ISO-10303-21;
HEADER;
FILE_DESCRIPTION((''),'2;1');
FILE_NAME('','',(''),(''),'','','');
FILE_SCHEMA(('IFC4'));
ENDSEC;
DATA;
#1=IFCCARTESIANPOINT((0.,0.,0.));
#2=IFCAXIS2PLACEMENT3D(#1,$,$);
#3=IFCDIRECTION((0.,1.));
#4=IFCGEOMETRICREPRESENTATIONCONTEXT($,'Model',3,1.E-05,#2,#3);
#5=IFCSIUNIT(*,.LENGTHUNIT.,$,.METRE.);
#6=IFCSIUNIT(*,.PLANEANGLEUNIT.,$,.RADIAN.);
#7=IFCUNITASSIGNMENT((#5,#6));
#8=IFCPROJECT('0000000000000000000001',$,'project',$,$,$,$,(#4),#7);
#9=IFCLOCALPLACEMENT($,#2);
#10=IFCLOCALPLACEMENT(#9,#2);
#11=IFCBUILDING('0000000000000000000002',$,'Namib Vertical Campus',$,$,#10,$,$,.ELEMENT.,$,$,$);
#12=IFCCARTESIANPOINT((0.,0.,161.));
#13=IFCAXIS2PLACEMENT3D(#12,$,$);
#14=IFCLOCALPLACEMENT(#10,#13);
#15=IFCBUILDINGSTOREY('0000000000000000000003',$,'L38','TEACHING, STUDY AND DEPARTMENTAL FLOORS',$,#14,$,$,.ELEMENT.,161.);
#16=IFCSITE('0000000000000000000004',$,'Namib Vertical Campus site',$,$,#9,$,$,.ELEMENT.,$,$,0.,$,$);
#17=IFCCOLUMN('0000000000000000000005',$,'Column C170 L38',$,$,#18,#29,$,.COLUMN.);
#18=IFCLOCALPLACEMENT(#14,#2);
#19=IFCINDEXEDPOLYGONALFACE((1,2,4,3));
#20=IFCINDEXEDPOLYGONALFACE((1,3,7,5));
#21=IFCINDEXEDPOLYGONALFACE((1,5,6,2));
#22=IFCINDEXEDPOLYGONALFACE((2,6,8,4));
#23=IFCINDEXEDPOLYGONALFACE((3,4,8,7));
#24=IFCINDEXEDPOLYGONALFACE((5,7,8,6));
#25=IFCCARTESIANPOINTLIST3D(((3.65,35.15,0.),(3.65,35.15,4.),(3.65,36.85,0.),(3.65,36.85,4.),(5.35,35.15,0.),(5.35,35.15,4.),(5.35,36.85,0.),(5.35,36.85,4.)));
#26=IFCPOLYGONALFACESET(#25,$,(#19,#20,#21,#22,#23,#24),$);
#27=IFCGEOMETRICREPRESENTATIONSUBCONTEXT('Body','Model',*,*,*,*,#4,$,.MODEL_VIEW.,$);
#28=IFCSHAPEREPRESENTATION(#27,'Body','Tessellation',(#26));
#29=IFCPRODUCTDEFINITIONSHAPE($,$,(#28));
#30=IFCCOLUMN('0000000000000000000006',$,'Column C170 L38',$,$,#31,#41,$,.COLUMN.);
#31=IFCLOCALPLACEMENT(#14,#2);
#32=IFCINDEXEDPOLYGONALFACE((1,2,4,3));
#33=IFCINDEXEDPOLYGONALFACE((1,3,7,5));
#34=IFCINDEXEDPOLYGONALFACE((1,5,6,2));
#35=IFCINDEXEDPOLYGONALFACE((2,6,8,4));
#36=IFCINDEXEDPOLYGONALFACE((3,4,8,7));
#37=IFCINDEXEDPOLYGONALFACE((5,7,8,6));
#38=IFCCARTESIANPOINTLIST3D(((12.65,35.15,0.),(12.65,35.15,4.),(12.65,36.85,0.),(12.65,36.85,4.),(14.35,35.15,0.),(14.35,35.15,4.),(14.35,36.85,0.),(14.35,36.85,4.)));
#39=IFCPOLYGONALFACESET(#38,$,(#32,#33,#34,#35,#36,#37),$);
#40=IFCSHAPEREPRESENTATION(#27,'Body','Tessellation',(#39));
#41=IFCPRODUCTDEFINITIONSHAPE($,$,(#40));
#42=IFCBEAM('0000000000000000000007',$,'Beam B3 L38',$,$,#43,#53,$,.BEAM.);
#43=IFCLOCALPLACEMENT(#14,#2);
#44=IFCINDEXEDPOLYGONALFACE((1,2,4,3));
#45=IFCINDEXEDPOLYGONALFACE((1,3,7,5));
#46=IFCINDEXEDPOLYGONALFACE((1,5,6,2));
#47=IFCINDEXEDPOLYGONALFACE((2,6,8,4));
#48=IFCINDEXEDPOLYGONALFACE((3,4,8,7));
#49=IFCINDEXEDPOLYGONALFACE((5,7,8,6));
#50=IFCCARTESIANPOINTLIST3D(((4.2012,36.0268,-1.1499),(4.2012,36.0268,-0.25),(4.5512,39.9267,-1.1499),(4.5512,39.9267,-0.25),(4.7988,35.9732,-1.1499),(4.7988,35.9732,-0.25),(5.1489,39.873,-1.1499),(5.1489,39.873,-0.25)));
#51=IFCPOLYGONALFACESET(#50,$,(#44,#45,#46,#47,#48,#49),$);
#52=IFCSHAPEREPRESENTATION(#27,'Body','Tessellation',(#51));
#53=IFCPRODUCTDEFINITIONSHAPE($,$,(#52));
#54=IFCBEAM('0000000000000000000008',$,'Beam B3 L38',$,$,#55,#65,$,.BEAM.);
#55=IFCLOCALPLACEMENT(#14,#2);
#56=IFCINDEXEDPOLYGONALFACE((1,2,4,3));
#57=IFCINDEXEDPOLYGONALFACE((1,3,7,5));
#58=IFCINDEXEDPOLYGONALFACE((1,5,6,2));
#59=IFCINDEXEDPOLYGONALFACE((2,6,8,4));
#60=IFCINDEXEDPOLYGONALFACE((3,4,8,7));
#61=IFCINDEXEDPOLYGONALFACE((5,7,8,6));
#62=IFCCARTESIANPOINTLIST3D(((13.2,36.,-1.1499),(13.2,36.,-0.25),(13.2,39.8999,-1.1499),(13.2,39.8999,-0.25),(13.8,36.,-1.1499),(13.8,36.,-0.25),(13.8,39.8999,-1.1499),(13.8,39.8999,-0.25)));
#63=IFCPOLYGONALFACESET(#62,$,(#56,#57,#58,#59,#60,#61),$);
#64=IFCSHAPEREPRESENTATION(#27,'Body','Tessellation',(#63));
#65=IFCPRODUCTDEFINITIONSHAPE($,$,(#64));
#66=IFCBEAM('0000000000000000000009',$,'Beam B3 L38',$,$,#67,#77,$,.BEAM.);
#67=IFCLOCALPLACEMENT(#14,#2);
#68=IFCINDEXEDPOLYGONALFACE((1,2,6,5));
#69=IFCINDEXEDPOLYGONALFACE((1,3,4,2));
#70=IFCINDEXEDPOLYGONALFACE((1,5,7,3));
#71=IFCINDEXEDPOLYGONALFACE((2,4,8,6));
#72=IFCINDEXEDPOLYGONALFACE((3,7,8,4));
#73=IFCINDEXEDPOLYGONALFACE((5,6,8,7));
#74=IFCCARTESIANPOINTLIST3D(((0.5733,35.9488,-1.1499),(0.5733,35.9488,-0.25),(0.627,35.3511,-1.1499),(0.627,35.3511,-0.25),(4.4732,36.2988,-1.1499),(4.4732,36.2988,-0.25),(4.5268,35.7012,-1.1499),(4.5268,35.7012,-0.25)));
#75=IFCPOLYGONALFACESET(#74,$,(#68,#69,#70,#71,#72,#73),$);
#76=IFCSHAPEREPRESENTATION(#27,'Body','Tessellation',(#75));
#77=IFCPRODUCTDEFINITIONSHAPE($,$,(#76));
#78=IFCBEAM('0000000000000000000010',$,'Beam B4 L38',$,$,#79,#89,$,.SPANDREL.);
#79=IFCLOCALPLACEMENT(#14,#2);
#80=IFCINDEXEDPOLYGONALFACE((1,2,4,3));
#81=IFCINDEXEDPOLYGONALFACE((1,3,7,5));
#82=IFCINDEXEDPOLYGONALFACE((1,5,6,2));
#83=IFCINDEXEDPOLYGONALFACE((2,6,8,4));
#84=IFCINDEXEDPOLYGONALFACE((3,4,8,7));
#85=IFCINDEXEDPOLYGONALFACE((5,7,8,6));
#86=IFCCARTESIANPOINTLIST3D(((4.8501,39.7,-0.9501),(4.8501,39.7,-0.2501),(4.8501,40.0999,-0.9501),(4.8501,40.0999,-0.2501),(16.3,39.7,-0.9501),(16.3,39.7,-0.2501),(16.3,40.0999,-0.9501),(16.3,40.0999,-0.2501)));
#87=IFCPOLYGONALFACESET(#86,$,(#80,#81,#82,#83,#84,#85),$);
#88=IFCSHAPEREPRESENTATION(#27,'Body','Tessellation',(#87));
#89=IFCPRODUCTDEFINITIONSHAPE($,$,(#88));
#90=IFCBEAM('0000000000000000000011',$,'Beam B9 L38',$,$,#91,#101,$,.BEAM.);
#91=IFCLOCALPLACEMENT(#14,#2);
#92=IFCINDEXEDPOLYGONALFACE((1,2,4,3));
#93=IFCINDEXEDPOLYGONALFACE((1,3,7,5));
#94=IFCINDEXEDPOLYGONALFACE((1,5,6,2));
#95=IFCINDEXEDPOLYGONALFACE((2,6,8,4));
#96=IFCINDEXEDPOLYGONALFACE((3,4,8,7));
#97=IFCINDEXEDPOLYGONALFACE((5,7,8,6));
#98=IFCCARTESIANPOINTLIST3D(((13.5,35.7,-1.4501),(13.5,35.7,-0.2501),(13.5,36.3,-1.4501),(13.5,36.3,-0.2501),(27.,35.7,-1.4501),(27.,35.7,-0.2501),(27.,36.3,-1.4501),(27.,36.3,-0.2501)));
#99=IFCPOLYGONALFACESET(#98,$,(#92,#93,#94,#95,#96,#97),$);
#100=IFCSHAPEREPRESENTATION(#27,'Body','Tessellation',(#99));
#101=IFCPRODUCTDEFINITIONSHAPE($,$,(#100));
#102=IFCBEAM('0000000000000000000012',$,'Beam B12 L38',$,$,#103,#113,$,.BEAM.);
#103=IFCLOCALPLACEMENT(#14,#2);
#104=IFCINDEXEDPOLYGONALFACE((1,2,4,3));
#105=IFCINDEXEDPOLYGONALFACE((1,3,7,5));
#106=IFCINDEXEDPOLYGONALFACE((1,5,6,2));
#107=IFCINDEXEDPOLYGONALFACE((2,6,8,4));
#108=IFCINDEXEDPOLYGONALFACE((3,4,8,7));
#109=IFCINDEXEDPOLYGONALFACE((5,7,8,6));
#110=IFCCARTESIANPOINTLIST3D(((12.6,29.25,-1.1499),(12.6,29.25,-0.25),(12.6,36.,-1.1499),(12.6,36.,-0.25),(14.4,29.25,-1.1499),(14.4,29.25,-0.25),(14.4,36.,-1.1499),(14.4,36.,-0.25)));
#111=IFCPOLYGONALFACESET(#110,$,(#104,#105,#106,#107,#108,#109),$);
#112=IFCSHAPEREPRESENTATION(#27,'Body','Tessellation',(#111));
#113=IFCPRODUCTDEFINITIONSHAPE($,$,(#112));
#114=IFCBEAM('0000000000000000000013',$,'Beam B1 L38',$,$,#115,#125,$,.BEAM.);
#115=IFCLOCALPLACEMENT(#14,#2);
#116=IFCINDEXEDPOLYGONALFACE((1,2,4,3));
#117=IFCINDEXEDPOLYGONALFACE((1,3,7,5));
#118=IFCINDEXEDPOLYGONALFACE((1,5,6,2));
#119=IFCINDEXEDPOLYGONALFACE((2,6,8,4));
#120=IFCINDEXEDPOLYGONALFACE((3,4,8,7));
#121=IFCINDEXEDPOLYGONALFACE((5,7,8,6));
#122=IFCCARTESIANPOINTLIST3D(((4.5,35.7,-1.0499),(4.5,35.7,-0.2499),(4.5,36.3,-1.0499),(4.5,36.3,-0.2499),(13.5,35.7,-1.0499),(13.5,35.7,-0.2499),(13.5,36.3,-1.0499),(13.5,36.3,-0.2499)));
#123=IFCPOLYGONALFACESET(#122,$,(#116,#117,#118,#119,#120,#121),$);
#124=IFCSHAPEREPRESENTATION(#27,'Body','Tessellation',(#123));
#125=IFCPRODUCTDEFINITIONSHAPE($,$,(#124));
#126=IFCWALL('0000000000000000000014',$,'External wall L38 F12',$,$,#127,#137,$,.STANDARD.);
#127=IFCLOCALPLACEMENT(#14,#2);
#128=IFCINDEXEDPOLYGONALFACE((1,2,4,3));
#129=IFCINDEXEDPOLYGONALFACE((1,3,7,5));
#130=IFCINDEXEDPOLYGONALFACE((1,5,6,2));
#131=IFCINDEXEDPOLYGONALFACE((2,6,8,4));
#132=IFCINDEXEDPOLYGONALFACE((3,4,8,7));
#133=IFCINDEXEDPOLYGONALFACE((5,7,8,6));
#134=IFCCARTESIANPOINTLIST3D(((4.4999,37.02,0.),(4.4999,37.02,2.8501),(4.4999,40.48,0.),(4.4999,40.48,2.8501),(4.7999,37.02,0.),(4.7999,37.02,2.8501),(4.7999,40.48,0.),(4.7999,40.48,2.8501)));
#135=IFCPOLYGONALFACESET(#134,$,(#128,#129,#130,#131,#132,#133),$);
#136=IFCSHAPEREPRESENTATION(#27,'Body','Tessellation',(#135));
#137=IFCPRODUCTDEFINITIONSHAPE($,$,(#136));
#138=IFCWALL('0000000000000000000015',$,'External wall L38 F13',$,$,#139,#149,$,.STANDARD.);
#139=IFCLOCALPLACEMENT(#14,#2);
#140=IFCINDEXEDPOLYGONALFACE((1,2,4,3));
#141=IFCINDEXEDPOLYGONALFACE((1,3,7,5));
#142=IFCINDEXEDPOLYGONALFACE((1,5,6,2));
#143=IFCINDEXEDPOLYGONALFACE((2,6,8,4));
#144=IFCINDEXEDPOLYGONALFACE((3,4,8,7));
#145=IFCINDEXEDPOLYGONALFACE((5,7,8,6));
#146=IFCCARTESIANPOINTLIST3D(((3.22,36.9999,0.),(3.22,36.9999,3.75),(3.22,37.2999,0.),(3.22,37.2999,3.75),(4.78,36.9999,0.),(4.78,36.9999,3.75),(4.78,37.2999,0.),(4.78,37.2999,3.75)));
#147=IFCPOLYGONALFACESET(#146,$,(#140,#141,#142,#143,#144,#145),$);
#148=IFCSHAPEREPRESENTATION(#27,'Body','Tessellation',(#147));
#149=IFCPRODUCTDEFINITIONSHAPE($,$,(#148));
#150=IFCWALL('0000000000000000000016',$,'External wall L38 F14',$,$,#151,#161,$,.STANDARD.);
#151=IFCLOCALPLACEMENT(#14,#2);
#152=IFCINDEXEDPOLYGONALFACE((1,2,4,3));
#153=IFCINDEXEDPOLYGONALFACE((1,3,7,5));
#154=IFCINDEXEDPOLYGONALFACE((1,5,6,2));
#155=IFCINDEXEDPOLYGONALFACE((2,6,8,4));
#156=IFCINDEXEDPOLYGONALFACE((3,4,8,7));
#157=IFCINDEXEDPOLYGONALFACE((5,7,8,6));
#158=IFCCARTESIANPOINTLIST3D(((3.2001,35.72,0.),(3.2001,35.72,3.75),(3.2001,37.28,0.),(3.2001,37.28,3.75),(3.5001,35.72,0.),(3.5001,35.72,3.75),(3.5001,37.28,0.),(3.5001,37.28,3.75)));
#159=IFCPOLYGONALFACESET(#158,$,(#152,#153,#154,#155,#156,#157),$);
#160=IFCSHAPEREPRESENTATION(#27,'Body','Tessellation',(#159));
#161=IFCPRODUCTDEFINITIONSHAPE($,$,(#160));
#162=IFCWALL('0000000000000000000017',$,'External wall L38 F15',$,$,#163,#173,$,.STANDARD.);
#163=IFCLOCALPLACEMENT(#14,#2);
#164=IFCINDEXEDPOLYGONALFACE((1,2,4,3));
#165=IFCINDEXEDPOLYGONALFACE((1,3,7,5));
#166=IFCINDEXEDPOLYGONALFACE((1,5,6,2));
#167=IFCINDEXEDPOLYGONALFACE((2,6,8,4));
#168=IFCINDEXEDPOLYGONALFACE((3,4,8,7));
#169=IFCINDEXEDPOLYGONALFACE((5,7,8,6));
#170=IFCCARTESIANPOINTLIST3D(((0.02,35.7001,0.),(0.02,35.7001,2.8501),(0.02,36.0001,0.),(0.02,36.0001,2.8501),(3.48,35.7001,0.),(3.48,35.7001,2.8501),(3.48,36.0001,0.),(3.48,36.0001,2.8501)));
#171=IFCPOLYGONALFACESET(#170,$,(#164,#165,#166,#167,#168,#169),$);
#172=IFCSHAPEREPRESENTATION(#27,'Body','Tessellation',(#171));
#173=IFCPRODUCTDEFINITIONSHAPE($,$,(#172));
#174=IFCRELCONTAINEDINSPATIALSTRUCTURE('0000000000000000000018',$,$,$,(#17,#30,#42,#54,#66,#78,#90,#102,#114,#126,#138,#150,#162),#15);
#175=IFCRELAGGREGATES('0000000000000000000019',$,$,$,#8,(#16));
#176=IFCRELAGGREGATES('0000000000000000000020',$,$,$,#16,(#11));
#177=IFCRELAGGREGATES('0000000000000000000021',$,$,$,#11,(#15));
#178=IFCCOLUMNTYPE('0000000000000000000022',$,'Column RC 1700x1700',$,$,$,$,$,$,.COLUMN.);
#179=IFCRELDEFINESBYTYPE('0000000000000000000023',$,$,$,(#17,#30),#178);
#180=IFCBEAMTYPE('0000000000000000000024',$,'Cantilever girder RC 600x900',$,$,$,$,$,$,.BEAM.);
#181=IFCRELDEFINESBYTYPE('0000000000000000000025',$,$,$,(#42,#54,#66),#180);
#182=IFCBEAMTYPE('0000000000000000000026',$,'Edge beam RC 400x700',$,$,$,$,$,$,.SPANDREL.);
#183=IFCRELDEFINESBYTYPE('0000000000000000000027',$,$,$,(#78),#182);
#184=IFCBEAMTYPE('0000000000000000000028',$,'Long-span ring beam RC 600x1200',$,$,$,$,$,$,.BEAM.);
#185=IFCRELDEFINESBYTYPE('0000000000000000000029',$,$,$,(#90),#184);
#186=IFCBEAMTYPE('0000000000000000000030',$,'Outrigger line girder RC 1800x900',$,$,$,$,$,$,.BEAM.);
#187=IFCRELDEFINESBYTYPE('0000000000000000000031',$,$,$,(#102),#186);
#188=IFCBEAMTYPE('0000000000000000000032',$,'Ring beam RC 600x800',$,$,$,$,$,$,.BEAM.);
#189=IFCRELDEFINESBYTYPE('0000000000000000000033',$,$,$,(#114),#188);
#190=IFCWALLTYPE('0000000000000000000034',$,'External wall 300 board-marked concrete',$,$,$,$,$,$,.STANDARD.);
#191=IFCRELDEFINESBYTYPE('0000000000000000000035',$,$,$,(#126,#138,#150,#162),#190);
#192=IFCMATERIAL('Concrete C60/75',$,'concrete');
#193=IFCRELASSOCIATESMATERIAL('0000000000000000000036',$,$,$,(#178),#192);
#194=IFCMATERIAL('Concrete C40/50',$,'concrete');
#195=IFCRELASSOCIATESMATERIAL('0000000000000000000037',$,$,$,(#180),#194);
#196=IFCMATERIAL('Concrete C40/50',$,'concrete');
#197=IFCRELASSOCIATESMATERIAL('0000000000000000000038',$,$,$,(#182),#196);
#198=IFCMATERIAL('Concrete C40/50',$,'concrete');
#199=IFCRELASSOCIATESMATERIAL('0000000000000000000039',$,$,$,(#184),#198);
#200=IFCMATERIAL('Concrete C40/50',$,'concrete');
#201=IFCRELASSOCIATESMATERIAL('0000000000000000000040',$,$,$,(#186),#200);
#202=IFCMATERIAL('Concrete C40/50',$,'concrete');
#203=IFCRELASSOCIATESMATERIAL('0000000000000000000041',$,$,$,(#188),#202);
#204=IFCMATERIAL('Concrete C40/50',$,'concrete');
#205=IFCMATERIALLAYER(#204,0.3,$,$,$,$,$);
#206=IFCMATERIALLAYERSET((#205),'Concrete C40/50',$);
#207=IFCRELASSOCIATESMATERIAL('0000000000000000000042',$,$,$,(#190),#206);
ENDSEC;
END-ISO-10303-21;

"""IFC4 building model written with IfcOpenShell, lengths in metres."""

from ifc_helpers import new_model, si_unit, direction, frame, frame_2d, origin, origin_2d, place, context, subcontext, project, spatial, rectangle, extrude, material, layer, layer_set, material_profile, profile_set, type_object, element, save


model = new_model("IFC4")

# Units and contexts
model_context = context("Model", 3, precision=1e-05, world=origin(), true_north=direction((0.0, 1.0)))
body_context = subcontext(model_context, "Body", "Model", "MODEL_VIEW")
ifc_project = project(units=[si_unit("LENGTHUNIT", "METRE"), si_unit("PLANEANGLEUNIT", "RADIAN")], contexts=[model_context])

# Site, building, storey
site_placement = place(None, origin())
site = spatial("IfcSite", under=ifc_project, at=site_placement, Name="Namib Vertical Campus site", CompositionType="ELEMENT", RefElevation=0.0)
building_placement = place(site_placement, origin())
building = spatial("IfcBuilding", under=site, at=building_placement, Name="Namib Vertical Campus", CompositionType="ELEMENT")
storey_placement = place(building_placement, frame((0.0, 0.0, 161.0)))
storey = spatial("IfcBuildingStorey", under=building, at=storey_placement, Name="L38", Description="TEACHING, STUDY AND DEPARTMENTAL FLOORS", CompositionType="ELEMENT", Elevation=161.0)

# Columns
ifc_material_1 = material(Name="Concrete C60/75", Category="concrete")
ifc_material_profile_1 = material_profile(ifc_material_1, rectangle(XDim=1.7, YDim=1.7, at=origin_2d()))
ifc_profile_set_1 = profile_set([ifc_material_profile_1], Name="Concrete C60/75")
column_type = type_object("IfcColumnType", Name="Column RC 1700x1700", PredefinedType="COLUMN", material=ifc_profile_set_1)
for number, where, z_axis, x_axis, name in (
    (1, (4.5, 36.0, 0.0), (0.0, 0.0, 1.0), (1.0, 0.0, 0.0), "Column C170 L38"),
    (2, (13.5, 36.0, 0.0), (0.0, 0.0, 1.0), (1.0, 0.0, 0.0), "Column C170 L38"),
):
    element("IfcColumn", number, at=place(storey_placement, frame(where, z_axis=z_axis, x_axis=x_axis)), inside=storey, type_object=column_type, Name=name, PredefinedType="COLUMN", context=body_context, shape_type="SweptSolid", body=[
        extrude(rectangle(XDim=1.7, YDim=1.7, at=origin_2d()), origin(), (0.0, 0.0, 1.0), 4.0),
    ])

# Beams
ifc_material_2 = material(Name="Concrete C40/50", Category="concrete")
ifc_material_profile_2 = material_profile(ifc_material_2, rectangle(XDim=0.6001, YDim=0.8999, at=origin_2d()))
ifc_profile_set_2 = profile_set([ifc_material_profile_2], Name="Concrete C40/50")
beam_type_1 = type_object("IfcBeamType", Name="Cantilever girder RC 600x900", PredefinedType="BEAM", material=ifc_profile_set_2)
beam_1_placement = place(storey_placement, frame((4.5, 36.0, -0.7), z_axis=(0.089411, 0.995995, 0.0), x_axis=(-0.995995, 0.089411, 0.0)))
element("IfcBeam", 3, at=beam_1_placement, inside=storey, type_object=beam_type_1, Name="Beam B3 L38", PredefinedType="BEAM", context=body_context, shape_type="SweptSolid", body=[
    extrude(rectangle(XDim=0.6001, YDim=0.8999, at=origin_2d()), origin(), (0.0, 0.0, 1.0), 3.9155),
])
beam_2_placement = place(storey_placement, frame((13.5, 36.0, -0.7), z_axis=(0.0, 1.0, 0.0), x_axis=(-1.0, 0.0, 0.0)))
element("IfcBeam", 4, at=beam_2_placement, inside=storey, type_object=beam_type_1, Name="Beam B3 L38", PredefinedType="BEAM", context=body_context, shape_type="SweptSolid", body=[
    extrude(rectangle(XDim=0.6001, YDim=0.8999, at=origin_2d()), origin(), (0.0, 0.0, 1.0), 3.8999),
])
beam_3_placement = place(storey_placement, frame((4.5, 36.0, -0.7), z_axis=(-0.995995, -0.089411, 0.0), x_axis=(0.089411, -0.995995, 0.0)))
element("IfcBeam", 5, at=beam_3_placement, inside=storey, type_object=beam_type_1, Name="Beam B3 L38", PredefinedType="BEAM", context=body_context, shape_type="SweptSolid", body=[
    extrude(rectangle(XDim=0.6001, YDim=0.8999, at=origin_2d()), origin(), (0.0, 0.0, 1.0), 3.9155),
])
ifc_material_3 = material(Name="Concrete C40/50", Category="concrete")
ifc_material_profile_3 = material_profile(ifc_material_3, rectangle(XDim=0.3999, YDim=0.7, at=origin_2d()))
ifc_profile_set_3 = profile_set([ifc_material_profile_3], Name="Concrete C40/50")
beam_type_2 = type_object("IfcBeamType", Name="Edge beam RC 400x700", PredefinedType="SPANDREL", material=ifc_profile_set_3)
beam_4_placement = place(storey_placement, frame((4.8501, 39.8999, -0.6001), z_axis=(1.0, 0.0, 0.0), x_axis=(0.0, 1.0, 0.0)))
element("IfcBeam", 6, at=beam_4_placement, inside=storey, type_object=beam_type_2, Name="Beam B4 L38", PredefinedType="SPANDREL", context=body_context, shape_type="SweptSolid", body=[
    extrude(rectangle(XDim=0.3999, YDim=0.7, at=origin_2d()), origin(), (0.0, 0.0, 1.0), 11.45),
])
ifc_material_4 = material(Name="Concrete C40/50", Category="concrete")
ifc_material_profile_4 = material_profile(ifc_material_4, rectangle(XDim=0.6001, YDim=1.2, at=origin_2d()))
ifc_profile_set_4 = profile_set([ifc_material_profile_4], Name="Concrete C40/50")
beam_type_3 = type_object("IfcBeamType", Name="Long-span ring beam RC 600x1200", PredefinedType="BEAM", material=ifc_profile_set_4)
beam_5_placement = place(storey_placement, frame((13.5, 36.0, -0.8501), z_axis=(1.0, 0.0, 0.0), x_axis=(0.0, 1.0, 0.0)))
element("IfcBeam", 7, at=beam_5_placement, inside=storey, type_object=beam_type_3, Name="Beam B9 L38", PredefinedType="BEAM", context=body_context, shape_type="SweptSolid", body=[
    extrude(rectangle(XDim=0.6001, YDim=1.2, at=origin_2d()), origin(), (0.0, 0.0, 1.0), 13.5),
])
ifc_material_5 = material(Name="Concrete C40/50", Category="concrete")
ifc_material_profile_5 = material_profile(ifc_material_5, rectangle(XDim=1.8, YDim=0.8999, at=origin_2d()))
ifc_profile_set_5 = profile_set([ifc_material_profile_5], Name="Concrete C40/50")
beam_type_4 = type_object("IfcBeamType", Name="Outrigger line girder RC 1800x900", PredefinedType="BEAM", material=ifc_profile_set_5)
beam_6_placement = place(storey_placement, frame((13.5, 36.0, -0.7), z_axis=(0.0, -1.0, 0.0), x_axis=(1.0, 0.0, 0.0)))
element("IfcBeam", 8, at=beam_6_placement, inside=storey, type_object=beam_type_4, Name="Beam B12 L38", PredefinedType="BEAM", context=body_context, shape_type="SweptSolid", body=[
    extrude(rectangle(XDim=1.8, YDim=0.8999, at=origin_2d()), origin(), (0.0, 0.0, 1.0), 6.75),
])
ifc_material_6 = material(Name="Concrete C40/50", Category="concrete")
ifc_material_profile_6 = material_profile(ifc_material_6, rectangle(XDim=0.6001, YDim=0.8, at=origin_2d()))
ifc_profile_set_6 = profile_set([ifc_material_profile_6], Name="Concrete C40/50")
beam_type_5 = type_object("IfcBeamType", Name="Ring beam RC 600x800", PredefinedType="BEAM", material=ifc_profile_set_6)
beam_7_placement = place(storey_placement, frame((4.5, 36.0, -0.6499), z_axis=(1.0, 0.0, 0.0), x_axis=(0.0, 1.0, 0.0)))
element("IfcBeam", 9, at=beam_7_placement, inside=storey, type_object=beam_type_5, Name="Beam B1 L38", PredefinedType="BEAM", context=body_context, shape_type="SweptSolid", body=[
    extrude(rectangle(XDim=0.6001, YDim=0.8, at=origin_2d()), origin(), (0.0, 0.0, 1.0), 9.0),
])

# Walls
ifc_material_7 = material(Name="Concrete C40/50", Category="concrete")
ifc_layer_1 = layer(ifc_material_7, 0.3)
ifc_layer_set_1 = layer_set([ifc_layer_1], Name="Concrete C40/50")
wall_type_1 = type_object("IfcWallType", Name="External wall 300 board-marked concrete", PredefinedType="STANDARD", material=ifc_layer_set_1)
wall_1_placement = place(storey_placement, frame((4.6499, 40.48, 0.0), z_axis=(0.0, 0.0, 1.0), x_axis=(0.0, -1.0, 0.0)))
element("IfcWall", 10, at=wall_1_placement, inside=storey, type_object=wall_type_1, Name="External wall L38 F12", PredefinedType="STANDARD", context=body_context, shape_type="SweptSolid", body=[
    extrude(rectangle(XDim=3.46, YDim=0.3, at=frame_2d((1.73, 0.0))), origin(), (0.0, 0.0, 1.0), 2.8501),
])
for number, where, z_axis, x_axis, name in (
    (11, (4.78, 37.1499, 0.0), (0.0, 0.0, 1.0), (-1.0, 0.0, 0.0), "External wall L38 F13"),
    (12, (3.3501, 37.28, 0.0), (0.0, 0.0, 1.0), (0.0, -1.0, 0.0), "External wall L38 F14"),
):
    element("IfcWall", number, at=place(storey_placement, frame(where, z_axis=z_axis, x_axis=x_axis)), inside=storey, type_object=wall_type_1, Name=name, PredefinedType="STANDARD", context=body_context, shape_type="SweptSolid", body=[
        extrude(rectangle(XDim=1.5601, YDim=0.3, at=frame_2d((0.78, 0.0))), origin(), (0.0, 0.0, 1.0), 3.75),
    ])
wall_2_placement = place(storey_placement, frame((3.48, 35.8501, 0.0), z_axis=(0.0, 0.0, 1.0), x_axis=(-1.0, 0.0, 0.0)))
element("IfcWall", 13, at=wall_2_placement, inside=storey, type_object=wall_type_1, Name="External wall L38 F15", PredefinedType="STANDARD", context=body_context, shape_type="SweptSolid", body=[
    extrude(rectangle(XDim=3.46, YDim=0.3, at=frame_2d((1.73, 0.0))), origin(), (0.0, 0.0, 1.0), 2.8501),
])

save(model, "model.ifc")
